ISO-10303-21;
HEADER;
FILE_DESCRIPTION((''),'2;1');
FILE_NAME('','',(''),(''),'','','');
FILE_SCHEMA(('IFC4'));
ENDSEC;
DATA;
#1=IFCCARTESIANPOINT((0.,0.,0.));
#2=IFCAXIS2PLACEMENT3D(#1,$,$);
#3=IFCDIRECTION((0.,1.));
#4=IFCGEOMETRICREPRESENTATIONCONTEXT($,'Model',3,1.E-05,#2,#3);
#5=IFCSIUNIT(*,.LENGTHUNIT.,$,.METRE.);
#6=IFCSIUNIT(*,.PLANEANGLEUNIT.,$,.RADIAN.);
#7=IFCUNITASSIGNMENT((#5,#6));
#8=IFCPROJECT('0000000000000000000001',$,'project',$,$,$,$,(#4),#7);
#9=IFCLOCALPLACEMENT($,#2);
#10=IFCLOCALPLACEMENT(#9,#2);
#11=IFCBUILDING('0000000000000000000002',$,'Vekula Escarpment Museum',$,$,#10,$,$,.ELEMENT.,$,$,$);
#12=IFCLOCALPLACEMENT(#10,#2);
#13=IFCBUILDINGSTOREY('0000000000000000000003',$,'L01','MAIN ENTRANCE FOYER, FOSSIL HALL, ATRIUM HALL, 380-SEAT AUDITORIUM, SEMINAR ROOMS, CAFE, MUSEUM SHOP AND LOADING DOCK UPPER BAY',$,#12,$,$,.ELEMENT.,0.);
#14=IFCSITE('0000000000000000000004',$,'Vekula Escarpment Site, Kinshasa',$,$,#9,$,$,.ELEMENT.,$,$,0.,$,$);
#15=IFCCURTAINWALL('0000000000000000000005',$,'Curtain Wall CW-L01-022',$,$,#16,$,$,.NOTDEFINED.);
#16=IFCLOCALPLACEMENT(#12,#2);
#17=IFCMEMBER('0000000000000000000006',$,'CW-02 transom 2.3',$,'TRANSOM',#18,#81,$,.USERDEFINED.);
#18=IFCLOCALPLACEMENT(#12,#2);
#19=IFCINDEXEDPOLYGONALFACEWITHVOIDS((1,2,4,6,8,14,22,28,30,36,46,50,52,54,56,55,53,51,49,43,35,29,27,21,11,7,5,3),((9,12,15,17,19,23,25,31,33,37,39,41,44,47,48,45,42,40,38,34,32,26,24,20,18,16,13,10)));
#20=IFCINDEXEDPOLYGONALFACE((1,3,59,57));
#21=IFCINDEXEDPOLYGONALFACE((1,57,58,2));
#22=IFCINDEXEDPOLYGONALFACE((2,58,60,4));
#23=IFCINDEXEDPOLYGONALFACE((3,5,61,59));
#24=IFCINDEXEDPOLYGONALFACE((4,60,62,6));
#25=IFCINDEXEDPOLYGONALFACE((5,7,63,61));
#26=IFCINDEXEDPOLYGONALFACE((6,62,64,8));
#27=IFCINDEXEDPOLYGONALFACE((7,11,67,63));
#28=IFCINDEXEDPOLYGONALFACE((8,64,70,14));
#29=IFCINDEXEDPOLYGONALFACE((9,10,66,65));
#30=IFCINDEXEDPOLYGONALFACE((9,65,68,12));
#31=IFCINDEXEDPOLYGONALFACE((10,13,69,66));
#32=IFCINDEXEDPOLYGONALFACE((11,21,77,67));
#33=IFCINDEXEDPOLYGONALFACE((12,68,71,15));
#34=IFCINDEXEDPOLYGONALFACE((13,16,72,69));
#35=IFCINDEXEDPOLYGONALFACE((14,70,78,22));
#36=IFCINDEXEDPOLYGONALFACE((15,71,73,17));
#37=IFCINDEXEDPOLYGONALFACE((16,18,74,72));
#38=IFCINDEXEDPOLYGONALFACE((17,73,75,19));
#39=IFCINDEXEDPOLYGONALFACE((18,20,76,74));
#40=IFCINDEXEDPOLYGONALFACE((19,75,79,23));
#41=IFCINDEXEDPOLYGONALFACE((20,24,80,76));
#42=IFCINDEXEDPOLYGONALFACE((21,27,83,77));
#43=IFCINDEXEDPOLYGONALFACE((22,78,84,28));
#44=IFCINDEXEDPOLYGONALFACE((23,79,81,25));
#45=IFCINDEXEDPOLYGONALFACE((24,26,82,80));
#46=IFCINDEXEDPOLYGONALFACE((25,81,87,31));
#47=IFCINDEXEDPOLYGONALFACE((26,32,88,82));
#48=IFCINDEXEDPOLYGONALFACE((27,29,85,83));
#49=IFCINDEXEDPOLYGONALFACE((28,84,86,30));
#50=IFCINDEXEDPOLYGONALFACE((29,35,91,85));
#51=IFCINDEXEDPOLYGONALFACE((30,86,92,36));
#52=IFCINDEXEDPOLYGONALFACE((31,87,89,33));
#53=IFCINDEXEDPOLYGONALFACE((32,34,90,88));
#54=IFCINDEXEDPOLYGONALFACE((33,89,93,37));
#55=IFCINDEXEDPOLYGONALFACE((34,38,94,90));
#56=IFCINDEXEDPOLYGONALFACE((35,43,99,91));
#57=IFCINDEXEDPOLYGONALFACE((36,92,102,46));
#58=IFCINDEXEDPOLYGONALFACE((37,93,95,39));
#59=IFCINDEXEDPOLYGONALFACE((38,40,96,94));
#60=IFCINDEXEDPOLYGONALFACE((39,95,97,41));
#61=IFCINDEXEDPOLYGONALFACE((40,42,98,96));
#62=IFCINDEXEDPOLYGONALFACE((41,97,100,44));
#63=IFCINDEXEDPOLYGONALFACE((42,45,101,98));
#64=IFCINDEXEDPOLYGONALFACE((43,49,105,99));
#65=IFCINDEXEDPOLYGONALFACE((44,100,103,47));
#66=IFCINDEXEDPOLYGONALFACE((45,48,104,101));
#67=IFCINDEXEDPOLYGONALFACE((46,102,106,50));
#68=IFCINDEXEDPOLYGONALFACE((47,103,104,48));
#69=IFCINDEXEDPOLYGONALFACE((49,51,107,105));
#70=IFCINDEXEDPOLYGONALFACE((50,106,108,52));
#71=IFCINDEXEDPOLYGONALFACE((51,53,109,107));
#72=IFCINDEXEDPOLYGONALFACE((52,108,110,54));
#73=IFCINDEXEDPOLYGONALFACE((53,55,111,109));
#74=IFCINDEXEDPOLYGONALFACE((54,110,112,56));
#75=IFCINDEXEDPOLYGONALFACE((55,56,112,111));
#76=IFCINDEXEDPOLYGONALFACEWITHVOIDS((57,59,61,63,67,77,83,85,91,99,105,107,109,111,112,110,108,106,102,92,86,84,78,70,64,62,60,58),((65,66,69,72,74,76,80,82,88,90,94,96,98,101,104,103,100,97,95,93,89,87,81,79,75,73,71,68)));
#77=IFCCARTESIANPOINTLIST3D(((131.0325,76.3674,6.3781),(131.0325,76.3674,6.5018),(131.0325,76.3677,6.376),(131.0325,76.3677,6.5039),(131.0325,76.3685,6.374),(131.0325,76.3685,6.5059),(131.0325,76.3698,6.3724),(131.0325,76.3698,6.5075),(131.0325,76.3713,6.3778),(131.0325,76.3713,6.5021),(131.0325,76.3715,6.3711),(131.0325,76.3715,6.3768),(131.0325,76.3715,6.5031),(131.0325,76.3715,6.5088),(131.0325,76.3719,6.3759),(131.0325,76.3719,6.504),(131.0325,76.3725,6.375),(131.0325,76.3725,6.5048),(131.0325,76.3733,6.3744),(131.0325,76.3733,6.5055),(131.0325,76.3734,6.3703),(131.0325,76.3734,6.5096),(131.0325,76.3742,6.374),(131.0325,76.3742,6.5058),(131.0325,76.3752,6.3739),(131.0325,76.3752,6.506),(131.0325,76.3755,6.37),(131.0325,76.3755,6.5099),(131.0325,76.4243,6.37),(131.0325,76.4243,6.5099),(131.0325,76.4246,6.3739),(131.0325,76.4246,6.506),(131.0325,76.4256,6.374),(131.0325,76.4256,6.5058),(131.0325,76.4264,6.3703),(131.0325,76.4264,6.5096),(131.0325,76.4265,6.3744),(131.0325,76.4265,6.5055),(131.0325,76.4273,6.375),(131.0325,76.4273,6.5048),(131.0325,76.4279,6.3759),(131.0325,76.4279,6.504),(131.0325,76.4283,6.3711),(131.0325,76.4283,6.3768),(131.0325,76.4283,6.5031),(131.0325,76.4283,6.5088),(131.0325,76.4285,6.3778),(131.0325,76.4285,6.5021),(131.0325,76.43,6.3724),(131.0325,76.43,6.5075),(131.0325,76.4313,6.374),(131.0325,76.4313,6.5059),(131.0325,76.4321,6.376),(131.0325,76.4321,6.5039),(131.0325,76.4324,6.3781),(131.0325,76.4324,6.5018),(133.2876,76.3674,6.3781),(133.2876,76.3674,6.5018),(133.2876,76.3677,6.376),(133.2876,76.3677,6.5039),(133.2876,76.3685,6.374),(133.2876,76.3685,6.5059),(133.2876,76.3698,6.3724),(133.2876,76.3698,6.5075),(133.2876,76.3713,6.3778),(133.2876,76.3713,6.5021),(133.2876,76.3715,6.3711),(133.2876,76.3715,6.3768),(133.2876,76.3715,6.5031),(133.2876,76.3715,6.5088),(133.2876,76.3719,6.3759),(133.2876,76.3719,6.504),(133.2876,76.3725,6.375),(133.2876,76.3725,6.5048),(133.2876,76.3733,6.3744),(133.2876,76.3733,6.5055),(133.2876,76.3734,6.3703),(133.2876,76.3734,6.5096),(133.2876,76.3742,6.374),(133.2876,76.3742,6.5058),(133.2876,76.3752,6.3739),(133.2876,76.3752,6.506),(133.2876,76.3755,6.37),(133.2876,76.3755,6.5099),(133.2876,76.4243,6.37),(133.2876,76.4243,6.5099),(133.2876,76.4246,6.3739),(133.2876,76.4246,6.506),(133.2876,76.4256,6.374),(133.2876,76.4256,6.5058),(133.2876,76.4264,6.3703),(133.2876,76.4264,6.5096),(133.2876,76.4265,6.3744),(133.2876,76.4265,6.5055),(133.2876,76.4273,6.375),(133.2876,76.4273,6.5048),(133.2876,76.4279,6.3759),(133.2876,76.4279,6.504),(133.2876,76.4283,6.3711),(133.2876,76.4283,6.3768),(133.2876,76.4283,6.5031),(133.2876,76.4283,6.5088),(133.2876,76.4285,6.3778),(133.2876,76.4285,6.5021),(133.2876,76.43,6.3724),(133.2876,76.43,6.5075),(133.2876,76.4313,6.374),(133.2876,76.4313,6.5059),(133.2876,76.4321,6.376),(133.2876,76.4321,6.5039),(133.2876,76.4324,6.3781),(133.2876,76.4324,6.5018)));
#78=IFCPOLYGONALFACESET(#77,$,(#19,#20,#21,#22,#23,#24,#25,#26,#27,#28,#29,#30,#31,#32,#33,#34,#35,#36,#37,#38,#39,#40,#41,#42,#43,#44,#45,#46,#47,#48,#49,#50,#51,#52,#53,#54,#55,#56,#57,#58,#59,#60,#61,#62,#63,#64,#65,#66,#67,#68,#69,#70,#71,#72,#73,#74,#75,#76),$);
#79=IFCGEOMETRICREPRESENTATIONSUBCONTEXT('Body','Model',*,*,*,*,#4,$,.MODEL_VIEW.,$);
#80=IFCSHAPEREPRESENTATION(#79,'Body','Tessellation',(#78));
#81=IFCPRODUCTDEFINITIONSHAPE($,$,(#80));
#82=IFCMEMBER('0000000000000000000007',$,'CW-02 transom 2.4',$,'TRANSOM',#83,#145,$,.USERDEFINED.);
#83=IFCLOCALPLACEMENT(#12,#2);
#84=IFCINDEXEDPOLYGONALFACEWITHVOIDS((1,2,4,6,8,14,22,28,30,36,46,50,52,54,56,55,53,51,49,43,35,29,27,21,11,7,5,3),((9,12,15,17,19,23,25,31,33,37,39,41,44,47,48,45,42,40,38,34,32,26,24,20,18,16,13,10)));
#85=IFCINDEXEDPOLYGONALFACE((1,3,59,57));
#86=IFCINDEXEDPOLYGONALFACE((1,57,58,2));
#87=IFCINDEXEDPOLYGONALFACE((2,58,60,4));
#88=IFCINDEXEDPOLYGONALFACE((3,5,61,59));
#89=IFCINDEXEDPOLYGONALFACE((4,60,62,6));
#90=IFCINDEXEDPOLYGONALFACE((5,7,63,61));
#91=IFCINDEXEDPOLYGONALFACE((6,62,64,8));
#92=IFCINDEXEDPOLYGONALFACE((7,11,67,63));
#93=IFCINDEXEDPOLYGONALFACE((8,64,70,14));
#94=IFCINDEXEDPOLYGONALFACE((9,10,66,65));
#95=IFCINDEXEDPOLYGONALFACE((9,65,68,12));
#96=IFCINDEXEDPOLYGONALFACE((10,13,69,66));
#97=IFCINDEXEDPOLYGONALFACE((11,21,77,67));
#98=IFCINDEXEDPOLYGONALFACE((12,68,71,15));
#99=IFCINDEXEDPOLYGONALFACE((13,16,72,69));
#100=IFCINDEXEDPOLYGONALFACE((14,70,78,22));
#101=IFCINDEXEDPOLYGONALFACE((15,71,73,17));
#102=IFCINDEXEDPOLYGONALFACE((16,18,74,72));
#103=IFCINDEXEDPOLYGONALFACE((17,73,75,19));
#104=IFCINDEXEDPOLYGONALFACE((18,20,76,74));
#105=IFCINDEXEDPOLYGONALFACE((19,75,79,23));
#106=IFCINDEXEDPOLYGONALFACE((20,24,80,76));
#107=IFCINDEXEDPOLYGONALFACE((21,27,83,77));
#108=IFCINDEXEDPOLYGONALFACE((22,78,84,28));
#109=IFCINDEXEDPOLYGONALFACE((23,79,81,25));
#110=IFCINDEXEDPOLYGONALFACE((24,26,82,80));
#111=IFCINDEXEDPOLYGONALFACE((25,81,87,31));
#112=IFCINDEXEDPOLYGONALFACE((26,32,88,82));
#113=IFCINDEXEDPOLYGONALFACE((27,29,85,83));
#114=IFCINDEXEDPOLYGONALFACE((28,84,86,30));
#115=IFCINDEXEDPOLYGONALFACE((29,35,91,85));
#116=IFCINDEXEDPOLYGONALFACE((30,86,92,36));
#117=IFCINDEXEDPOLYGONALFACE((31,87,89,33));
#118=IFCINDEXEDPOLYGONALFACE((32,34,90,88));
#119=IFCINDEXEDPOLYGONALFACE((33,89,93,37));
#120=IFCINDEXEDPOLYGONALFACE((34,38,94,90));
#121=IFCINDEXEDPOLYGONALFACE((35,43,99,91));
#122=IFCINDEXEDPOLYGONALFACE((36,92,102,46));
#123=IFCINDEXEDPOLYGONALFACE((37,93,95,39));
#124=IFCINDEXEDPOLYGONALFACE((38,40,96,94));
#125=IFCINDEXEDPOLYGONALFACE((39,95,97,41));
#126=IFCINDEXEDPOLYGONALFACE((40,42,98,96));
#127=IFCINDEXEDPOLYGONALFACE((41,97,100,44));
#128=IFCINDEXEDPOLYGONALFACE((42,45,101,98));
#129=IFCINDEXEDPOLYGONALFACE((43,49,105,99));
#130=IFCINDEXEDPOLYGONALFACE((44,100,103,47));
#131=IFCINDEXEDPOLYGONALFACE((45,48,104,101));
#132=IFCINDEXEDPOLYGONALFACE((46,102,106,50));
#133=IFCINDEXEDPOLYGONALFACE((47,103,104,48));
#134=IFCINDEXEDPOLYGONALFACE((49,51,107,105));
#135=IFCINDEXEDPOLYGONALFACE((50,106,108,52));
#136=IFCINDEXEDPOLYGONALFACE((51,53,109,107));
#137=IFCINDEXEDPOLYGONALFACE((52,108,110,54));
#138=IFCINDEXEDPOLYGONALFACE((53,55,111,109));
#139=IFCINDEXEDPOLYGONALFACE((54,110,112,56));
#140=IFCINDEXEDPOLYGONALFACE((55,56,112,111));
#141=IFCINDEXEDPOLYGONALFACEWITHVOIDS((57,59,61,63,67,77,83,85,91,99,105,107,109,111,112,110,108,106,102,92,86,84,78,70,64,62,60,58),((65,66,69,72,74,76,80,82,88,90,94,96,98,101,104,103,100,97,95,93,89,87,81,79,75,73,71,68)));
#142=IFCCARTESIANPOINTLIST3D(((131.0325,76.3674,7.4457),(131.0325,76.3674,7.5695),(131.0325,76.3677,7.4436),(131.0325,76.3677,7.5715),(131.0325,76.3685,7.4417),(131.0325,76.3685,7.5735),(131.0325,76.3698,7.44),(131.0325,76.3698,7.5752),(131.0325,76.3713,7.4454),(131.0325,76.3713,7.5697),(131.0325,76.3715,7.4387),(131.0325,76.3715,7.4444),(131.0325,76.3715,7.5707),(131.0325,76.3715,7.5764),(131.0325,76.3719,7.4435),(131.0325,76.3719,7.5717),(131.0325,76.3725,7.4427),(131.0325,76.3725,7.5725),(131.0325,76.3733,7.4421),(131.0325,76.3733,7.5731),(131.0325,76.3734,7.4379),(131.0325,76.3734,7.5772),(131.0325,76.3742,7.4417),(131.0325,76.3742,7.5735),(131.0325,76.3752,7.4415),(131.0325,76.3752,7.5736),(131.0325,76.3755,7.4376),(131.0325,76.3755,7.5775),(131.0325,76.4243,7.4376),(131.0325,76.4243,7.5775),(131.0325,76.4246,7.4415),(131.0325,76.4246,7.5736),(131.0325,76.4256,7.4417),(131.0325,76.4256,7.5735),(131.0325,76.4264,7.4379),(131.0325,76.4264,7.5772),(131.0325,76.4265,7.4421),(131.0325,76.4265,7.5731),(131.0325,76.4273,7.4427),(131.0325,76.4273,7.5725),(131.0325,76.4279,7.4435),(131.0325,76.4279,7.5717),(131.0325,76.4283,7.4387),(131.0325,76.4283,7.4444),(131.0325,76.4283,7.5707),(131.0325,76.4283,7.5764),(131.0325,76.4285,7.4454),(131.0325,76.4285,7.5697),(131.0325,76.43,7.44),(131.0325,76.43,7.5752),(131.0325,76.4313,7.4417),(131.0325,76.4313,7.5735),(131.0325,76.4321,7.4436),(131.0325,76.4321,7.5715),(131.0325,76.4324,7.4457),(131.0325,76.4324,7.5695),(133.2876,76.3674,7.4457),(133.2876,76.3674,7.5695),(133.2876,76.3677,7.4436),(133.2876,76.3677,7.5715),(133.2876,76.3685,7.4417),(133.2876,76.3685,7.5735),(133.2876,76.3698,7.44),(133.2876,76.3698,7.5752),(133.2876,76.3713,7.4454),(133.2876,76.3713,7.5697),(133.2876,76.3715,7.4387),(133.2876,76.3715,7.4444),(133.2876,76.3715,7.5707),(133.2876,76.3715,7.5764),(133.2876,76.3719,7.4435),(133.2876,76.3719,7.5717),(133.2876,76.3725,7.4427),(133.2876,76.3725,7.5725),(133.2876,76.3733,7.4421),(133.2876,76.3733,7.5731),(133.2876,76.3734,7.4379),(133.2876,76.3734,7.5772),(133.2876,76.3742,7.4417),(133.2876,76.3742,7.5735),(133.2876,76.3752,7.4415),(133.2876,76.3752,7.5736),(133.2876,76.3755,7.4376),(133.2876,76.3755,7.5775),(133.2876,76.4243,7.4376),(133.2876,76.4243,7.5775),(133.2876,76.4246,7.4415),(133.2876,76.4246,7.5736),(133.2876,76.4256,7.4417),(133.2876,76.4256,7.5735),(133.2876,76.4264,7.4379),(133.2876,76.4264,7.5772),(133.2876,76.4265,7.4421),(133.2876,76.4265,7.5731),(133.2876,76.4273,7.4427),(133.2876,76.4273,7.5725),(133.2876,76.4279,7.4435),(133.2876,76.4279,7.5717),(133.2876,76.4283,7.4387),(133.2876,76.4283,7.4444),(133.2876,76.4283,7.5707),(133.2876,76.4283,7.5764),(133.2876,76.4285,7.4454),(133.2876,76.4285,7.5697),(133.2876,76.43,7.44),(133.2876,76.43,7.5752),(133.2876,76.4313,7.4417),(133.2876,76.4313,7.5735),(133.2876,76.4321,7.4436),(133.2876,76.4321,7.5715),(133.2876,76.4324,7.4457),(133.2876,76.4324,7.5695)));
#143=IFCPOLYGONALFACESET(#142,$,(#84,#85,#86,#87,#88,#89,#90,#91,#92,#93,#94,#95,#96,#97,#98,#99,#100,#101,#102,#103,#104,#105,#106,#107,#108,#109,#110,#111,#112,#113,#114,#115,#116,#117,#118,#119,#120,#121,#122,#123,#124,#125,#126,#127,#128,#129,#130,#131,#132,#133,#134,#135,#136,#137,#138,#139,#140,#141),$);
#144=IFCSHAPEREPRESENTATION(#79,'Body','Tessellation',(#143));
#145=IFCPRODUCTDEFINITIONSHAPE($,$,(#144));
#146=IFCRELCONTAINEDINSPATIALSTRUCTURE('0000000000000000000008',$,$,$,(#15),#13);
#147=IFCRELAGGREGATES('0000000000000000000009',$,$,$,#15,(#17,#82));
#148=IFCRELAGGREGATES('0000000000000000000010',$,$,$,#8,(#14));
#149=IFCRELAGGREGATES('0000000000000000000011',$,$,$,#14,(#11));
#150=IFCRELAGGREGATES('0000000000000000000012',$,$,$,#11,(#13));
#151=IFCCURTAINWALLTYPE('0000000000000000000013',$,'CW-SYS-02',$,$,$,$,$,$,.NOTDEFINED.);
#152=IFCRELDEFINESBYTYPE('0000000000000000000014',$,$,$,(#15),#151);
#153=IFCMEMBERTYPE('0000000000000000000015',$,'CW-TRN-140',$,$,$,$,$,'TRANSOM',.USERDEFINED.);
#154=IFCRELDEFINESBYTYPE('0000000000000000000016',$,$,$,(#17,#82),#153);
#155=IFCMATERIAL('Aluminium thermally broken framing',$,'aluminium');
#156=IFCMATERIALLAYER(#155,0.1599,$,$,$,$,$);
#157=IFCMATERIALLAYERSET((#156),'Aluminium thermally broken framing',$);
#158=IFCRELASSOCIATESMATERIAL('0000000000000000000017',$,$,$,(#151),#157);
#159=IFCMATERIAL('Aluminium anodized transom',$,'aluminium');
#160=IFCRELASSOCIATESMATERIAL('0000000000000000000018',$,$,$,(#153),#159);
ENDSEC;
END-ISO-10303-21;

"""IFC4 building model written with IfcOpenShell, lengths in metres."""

from ifc_helpers import new_model, si_unit, direction, frame, origin, origin_2d, place, context, subcontext, project, spatial, hollow_rectangle, extrude, material, layer, layer_set, material_profile, profile_set, type_object, element, aggregate, save


model = new_model("IFC4")

# Units and contexts
model_context = context("Model", 3, precision=1e-05, world=origin(), true_north=direction((0.0, 1.0)))
body_context = subcontext(model_context, "Body", "Model", "MODEL_VIEW")
ifc_project = project(units=[si_unit("LENGTHUNIT", "METRE"), si_unit("PLANEANGLEUNIT", "RADIAN")], contexts=[model_context])

# Site, building, storey
site_placement = place(None, origin())
site = spatial("IfcSite", under=ifc_project, at=site_placement, Name="Vekula Escarpment Site, Kinshasa", CompositionType="ELEMENT", RefElevation=0.0)
building_placement = place(site_placement, origin())
building = spatial("IfcBuilding", under=site, at=building_placement, Name="Vekula Escarpment Museum", CompositionType="ELEMENT")
storey_placement = place(building_placement, origin())
storey = spatial("IfcBuildingStorey", under=building, at=storey_placement, Name="L01", Description="MAIN ENTRANCE FOYER, FOSSIL HALL, ATRIUM HALL, 380-SEAT AUDITORIUM, SEMINAR ROOMS, CAFE, MUSEUM SHOP AND LOADING DOCK UPPER BAY", CompositionType="ELEMENT", Elevation=0.0)

# Curtain wall
ifc_material_1 = material(Name="Aluminium thermally broken framing", Category="aluminium")
ifc_layer_1 = layer(ifc_material_1, 0.1599)
ifc_layer_set_1 = layer_set([ifc_layer_1], Name="Aluminium thermally broken framing")
curtain_wall_type_1 = type_object("IfcCurtainWallType", Name="CW-SYS-02", PredefinedType="NOTDEFINED", material=ifc_layer_set_1)
curtain_wall_1_placement = place(storey_placement, origin())
curtain_wall_1 = element("IfcCurtainWall", 1, at=curtain_wall_1_placement, inside=storey, type_object=curtain_wall_type_1, Name="Curtain Wall CW-L01-022", PredefinedType="NOTDEFINED")

# Members
ifc_material_2 = material(Name="Aluminium anodized transom", Category="aluminium")
ifc_material_profile_1 = material_profile(ifc_material_2, hollow_rectangle(XDim=0.0649, YDim=0.1399, WallThickness=0.0039, InnerFilletRadius=0.0039, OuterFilletRadius=0.0081, at=origin_2d()), Name="ALU 140x65x4")
ifc_profile_set_1 = profile_set([ifc_material_profile_1], Name="Aluminium anodized transom")
member_type_1 = type_object("IfcMemberType", Name="CW-TRN-140", ElementType="TRANSOM", PredefinedType="USERDEFINED", material=ifc_profile_set_1)
member_1_placement = place(storey_placement, frame((133.2876, 76.3999, 6.4399), z_axis=(-1.0, 0.0, 0.0), x_axis=(0.0, -1.0, 0.0)))
member_1 = element("IfcMember", 2, at=member_1_placement, type_object=member_type_1, Name="CW-02 transom 2.3", ObjectType="TRANSOM", PredefinedType="USERDEFINED", context=body_context, shape_type="SweptSolid", body=[
    extrude(hollow_rectangle(XDim=0.0649, YDim=0.1399, WallThickness=0.0039, InnerFilletRadius=0.0039, OuterFilletRadius=0.0081, at=origin_2d()), origin(), (0.0, 0.0, 1.0), 2.2551),
])
member_2_placement = place(storey_placement, frame((133.2876, 76.3999, 7.5076), z_axis=(-1.0, 0.0, 0.0), x_axis=(0.0, -1.0, 0.0)))
member_2 = element("IfcMember", 3, at=member_2_placement, type_object=member_type_1, Name="CW-02 transom 2.4", ObjectType="TRANSOM", PredefinedType="USERDEFINED", context=body_context, shape_type="SweptSolid", body=[
    extrude(hollow_rectangle(XDim=0.0649, YDim=0.1399, WallThickness=0.0039, InnerFilletRadius=0.0039, OuterFilletRadius=0.0081, at=origin_2d()), origin(), (0.0, 0.0, 1.0), 2.2551),
])

aggregate(curtain_wall_1, [member_1, member_2])

save(model, "model.ifc")
